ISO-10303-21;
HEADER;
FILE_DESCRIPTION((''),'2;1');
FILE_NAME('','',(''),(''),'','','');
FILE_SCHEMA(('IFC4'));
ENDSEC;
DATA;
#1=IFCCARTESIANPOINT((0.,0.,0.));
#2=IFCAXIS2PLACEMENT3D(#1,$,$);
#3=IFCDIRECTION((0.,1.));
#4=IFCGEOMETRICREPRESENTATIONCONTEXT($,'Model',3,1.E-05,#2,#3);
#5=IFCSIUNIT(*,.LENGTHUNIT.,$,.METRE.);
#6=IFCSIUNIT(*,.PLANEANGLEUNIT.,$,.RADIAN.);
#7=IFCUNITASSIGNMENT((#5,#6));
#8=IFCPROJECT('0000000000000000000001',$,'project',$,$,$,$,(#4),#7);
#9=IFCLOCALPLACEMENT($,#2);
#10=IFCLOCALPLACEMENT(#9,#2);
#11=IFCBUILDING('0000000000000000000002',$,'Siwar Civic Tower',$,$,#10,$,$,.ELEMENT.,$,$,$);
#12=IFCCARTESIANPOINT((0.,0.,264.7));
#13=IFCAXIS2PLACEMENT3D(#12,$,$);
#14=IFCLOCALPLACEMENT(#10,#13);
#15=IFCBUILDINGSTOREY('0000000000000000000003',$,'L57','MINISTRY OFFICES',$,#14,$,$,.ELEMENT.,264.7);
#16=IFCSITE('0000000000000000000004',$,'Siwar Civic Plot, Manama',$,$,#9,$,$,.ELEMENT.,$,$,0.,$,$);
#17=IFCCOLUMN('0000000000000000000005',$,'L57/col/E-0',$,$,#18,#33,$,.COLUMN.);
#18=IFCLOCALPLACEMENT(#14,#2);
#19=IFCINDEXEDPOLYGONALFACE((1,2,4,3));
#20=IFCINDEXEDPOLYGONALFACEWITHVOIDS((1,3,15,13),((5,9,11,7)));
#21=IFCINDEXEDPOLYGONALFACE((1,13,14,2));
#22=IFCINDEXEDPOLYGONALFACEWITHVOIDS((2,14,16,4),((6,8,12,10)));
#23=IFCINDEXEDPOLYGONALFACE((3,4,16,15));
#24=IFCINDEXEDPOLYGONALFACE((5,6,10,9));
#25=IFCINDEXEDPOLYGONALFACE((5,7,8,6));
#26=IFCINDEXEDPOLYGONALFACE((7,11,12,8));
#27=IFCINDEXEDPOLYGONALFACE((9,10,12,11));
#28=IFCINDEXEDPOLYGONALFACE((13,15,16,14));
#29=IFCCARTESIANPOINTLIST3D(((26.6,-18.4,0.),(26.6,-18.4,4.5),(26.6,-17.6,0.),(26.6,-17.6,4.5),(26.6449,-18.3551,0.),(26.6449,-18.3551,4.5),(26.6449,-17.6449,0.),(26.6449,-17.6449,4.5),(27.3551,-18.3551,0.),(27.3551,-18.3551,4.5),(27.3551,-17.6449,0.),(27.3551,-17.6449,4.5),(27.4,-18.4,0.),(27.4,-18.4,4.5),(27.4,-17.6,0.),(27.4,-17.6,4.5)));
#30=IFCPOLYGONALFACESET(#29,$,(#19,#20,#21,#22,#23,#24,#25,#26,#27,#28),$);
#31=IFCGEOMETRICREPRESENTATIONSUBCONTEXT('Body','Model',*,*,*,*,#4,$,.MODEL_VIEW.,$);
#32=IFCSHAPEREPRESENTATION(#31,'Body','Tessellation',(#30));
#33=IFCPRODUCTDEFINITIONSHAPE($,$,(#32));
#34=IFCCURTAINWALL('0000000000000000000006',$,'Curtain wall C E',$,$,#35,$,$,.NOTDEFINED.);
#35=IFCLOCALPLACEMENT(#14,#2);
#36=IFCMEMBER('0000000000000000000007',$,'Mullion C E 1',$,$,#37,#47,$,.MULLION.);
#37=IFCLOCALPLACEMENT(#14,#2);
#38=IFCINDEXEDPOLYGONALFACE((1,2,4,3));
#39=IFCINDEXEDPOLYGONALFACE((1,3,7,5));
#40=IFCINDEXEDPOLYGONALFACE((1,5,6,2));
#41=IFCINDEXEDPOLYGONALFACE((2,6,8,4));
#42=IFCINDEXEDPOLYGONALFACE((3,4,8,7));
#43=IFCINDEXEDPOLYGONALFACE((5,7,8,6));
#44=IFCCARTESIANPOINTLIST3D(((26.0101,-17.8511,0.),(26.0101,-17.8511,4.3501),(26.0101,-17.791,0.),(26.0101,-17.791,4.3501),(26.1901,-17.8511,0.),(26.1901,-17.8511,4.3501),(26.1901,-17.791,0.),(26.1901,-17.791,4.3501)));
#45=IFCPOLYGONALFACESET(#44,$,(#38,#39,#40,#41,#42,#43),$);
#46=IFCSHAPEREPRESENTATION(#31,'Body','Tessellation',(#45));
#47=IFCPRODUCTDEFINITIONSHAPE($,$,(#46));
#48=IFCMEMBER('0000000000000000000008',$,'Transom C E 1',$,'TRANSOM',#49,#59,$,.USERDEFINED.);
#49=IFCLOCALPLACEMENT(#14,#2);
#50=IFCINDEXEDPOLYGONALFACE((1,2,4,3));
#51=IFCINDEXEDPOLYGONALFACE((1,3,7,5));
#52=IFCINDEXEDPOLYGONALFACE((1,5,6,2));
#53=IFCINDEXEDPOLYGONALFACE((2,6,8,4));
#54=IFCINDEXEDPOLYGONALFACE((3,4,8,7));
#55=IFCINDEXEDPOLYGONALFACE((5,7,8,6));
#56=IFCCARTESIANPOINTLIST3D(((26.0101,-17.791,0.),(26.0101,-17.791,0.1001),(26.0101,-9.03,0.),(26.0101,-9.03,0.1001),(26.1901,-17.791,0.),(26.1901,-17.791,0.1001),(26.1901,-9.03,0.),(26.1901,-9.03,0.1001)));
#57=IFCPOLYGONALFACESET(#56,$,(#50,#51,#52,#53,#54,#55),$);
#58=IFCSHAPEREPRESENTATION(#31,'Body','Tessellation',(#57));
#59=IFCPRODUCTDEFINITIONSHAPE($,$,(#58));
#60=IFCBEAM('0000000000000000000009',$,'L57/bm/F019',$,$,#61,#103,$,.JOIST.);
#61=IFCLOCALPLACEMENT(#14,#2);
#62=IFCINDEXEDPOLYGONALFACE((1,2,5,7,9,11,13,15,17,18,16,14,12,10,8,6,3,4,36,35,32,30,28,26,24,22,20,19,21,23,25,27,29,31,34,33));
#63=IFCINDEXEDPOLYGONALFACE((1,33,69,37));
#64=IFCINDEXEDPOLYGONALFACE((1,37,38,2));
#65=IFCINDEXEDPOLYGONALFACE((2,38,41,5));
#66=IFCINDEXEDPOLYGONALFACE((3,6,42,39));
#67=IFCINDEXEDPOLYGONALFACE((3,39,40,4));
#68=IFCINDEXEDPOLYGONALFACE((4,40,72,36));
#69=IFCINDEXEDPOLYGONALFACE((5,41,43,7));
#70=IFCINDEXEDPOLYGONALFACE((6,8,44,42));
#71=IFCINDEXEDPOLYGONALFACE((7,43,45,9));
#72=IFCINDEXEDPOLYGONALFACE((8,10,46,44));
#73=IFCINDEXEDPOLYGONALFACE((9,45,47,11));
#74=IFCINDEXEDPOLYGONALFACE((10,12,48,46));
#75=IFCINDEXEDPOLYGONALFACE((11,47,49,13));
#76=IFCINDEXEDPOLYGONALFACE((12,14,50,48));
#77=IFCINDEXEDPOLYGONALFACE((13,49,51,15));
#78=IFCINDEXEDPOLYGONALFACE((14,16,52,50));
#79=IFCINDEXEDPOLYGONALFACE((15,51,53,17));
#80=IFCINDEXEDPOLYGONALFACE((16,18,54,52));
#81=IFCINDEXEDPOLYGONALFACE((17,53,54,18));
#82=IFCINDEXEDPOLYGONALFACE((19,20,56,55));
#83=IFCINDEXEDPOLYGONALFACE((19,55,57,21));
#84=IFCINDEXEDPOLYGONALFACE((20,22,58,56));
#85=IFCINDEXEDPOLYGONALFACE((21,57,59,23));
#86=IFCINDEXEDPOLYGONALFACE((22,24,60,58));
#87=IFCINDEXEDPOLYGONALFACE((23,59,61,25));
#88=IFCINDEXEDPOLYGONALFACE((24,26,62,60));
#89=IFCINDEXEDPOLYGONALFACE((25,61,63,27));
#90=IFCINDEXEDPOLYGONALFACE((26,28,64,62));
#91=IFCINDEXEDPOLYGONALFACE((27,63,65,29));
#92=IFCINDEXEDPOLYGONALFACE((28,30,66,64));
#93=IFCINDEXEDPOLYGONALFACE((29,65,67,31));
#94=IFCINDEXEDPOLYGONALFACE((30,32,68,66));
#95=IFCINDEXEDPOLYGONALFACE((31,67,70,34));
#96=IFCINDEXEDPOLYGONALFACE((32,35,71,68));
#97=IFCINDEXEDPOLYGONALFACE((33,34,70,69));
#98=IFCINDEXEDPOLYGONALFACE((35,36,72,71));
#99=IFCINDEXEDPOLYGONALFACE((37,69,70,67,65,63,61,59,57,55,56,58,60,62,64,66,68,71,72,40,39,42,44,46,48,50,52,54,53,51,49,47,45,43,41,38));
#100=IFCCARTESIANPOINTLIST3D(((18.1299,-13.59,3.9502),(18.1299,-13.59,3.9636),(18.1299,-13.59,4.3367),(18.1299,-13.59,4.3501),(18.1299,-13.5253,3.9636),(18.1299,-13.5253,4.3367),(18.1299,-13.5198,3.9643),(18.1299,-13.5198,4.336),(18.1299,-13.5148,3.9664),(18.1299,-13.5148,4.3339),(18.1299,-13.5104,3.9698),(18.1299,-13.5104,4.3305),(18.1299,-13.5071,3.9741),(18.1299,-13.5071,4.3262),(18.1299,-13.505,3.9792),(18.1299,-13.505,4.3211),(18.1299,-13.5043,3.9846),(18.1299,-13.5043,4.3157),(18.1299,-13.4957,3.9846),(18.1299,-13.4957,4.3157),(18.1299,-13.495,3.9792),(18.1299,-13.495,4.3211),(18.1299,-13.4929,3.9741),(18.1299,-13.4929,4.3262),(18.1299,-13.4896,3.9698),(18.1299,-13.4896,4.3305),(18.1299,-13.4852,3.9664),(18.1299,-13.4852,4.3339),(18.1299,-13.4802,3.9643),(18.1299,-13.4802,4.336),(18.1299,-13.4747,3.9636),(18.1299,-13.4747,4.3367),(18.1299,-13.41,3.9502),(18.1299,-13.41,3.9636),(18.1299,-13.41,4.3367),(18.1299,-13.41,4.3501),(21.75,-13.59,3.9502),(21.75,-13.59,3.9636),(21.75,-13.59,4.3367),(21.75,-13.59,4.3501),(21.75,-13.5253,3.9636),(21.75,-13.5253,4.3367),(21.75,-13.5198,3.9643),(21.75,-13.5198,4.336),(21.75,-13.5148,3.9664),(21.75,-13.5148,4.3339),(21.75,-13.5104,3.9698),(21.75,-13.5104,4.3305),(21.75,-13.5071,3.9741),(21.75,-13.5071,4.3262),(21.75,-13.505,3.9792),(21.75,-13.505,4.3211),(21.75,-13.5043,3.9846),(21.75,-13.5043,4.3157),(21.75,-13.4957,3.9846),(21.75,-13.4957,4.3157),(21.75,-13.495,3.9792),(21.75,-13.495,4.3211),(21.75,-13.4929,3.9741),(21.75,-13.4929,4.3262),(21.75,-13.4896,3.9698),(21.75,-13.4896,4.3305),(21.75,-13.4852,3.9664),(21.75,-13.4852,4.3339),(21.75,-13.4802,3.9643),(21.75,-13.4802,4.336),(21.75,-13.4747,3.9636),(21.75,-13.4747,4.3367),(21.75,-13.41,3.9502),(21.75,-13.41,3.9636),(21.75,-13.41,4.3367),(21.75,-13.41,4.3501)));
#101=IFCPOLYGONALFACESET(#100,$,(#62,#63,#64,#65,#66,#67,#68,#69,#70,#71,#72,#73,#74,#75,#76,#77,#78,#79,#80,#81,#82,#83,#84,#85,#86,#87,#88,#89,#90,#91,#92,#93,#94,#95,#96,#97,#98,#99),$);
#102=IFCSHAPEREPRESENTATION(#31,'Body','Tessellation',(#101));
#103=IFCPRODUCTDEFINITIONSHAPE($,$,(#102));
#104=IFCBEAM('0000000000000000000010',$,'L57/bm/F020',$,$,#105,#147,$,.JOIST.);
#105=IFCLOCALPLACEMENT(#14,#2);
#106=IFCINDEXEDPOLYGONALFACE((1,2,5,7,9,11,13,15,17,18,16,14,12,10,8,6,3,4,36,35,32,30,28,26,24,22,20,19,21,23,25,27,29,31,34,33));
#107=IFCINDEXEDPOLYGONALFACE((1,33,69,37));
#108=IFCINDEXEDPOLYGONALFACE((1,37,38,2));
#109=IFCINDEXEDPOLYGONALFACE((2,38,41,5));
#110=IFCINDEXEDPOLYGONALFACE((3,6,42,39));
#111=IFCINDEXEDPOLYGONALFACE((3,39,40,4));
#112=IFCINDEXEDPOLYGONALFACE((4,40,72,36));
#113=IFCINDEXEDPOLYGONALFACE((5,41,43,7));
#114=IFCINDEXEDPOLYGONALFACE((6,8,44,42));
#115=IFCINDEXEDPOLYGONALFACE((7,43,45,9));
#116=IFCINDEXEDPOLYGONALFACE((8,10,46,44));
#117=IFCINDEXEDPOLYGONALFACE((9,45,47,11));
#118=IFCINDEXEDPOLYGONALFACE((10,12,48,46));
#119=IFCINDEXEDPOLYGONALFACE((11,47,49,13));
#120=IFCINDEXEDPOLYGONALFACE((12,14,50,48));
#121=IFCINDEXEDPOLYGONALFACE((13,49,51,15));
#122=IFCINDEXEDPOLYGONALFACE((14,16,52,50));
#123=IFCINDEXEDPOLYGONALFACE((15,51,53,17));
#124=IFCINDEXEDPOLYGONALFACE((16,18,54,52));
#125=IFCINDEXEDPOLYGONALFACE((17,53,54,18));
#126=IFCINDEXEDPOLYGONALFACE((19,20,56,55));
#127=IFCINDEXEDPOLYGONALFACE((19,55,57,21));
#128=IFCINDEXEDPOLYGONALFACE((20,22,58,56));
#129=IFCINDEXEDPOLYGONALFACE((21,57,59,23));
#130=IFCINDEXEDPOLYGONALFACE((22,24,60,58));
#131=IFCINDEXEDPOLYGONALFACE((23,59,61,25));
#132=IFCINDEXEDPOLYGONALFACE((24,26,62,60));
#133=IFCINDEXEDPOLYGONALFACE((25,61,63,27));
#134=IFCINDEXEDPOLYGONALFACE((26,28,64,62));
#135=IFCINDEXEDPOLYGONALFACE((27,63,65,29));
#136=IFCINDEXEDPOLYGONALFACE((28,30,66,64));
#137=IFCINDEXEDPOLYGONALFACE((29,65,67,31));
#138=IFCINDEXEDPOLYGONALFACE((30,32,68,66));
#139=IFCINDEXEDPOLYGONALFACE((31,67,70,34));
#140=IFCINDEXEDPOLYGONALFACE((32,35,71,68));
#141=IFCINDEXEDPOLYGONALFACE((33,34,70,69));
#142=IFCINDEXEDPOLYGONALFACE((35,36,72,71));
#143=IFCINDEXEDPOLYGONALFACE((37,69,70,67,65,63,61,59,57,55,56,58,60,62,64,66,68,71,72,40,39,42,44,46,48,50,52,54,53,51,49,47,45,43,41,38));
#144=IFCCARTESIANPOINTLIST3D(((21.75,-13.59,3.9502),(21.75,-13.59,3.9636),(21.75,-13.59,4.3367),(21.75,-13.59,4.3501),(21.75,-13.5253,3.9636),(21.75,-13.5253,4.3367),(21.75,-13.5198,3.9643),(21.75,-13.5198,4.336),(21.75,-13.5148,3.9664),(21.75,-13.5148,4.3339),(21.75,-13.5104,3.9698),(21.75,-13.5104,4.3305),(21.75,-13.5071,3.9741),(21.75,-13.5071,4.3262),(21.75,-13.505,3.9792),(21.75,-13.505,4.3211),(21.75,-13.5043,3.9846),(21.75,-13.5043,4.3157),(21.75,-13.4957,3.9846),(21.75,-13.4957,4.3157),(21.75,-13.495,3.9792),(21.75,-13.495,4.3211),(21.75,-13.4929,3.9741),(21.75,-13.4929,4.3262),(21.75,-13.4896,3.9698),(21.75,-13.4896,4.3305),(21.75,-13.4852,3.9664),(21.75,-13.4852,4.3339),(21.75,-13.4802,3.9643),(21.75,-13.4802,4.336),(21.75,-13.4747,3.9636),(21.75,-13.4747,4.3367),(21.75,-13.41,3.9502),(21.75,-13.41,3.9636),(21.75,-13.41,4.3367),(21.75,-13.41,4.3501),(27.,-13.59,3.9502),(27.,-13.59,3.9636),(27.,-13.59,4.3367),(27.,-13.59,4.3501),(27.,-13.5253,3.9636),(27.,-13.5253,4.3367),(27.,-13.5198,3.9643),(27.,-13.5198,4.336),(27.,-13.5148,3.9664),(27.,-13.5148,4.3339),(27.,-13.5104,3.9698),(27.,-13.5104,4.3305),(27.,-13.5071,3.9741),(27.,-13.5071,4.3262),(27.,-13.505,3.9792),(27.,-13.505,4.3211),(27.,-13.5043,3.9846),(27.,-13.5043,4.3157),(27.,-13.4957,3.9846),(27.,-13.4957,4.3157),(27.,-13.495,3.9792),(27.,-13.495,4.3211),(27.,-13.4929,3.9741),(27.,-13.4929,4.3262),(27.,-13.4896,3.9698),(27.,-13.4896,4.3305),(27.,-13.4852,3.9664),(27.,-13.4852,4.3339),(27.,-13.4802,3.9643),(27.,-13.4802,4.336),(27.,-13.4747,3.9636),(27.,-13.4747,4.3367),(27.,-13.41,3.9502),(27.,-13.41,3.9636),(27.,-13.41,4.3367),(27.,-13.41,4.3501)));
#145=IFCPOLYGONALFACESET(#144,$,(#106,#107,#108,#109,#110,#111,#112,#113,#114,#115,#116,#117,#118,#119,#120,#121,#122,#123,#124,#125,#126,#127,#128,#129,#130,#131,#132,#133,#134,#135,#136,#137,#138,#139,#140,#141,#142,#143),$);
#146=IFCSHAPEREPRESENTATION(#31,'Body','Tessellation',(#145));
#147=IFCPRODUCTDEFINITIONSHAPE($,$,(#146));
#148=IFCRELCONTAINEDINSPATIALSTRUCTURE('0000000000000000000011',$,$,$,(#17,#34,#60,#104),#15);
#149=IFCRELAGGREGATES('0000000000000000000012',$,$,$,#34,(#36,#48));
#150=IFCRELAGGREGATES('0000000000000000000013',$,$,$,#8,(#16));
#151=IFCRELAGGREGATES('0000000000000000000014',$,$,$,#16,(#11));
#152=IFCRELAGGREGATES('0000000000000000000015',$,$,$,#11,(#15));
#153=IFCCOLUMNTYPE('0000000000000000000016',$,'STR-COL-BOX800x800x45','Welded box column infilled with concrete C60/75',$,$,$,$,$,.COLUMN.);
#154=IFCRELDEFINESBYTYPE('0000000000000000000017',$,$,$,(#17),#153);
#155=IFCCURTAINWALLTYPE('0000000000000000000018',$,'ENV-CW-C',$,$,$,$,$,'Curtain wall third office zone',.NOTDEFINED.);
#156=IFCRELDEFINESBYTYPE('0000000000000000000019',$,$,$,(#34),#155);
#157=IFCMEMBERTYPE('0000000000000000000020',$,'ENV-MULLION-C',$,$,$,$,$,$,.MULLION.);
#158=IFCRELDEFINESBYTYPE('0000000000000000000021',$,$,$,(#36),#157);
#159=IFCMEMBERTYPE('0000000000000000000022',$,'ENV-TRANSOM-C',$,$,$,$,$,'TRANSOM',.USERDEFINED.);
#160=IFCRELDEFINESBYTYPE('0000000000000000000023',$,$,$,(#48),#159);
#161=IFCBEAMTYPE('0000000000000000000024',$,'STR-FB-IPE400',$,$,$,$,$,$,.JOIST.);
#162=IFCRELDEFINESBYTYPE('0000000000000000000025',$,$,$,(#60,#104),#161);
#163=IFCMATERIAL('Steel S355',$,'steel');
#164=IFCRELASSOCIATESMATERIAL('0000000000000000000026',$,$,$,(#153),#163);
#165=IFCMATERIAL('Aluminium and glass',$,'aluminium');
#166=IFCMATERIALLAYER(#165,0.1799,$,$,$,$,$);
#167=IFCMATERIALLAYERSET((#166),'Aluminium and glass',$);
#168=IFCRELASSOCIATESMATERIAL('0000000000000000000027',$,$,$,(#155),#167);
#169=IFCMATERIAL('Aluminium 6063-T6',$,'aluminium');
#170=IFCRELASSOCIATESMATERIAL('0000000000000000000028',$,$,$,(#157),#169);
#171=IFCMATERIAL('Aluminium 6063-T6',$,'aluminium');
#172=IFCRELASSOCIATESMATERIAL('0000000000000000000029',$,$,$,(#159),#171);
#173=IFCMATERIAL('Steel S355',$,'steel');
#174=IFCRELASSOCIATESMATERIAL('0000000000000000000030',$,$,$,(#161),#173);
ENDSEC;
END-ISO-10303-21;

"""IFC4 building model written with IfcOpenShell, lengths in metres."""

from ifc_helpers import new_model, si_unit, direction, frame, origin, origin_2d, place, context, subcontext, project, spatial, rectangle, hollow_rectangle, i_section, extrude, material, layer, layer_set, material_profile, profile_set, type_object, element, aggregate, save


model = new_model("IFC4")

# Units and contexts
model_context = context("Model", 3, precision=1e-05, world=origin(), true_north=direction((0.0, 1.0)))
body_context = subcontext(model_context, "Body", "Model", "MODEL_VIEW")
ifc_project = project(units=[si_unit("LENGTHUNIT", "METRE"), si_unit("PLANEANGLEUNIT", "RADIAN")], contexts=[model_context])

# Site, building, storey
site_placement = place(None, origin())
site = spatial("IfcSite", under=ifc_project, at=site_placement, Name="Siwar Civic Plot, Manama", CompositionType="ELEMENT", RefElevation=0.0)
building_placement = place(site_placement, origin())
building = spatial("IfcBuilding", under=site, at=building_placement, Name="Siwar Civic Tower", CompositionType="ELEMENT")
storey_placement = place(building_placement, frame((0.0, 0.0, 264.7)))
storey = spatial("IfcBuildingStorey", under=building, at=storey_placement, Name="L57", Description="MINISTRY OFFICES", CompositionType="ELEMENT", Elevation=264.7)

# Column
ifc_material_1 = material(Name="Steel S355", Category="steel")
ifc_material_profile_1 = material_profile(ifc_material_1, hollow_rectangle(XDim=0.8, YDim=0.8, WallThickness=0.0449, at=origin_2d()), Name="BOX800x800x45")
ifc_profile_set_1 = profile_set([ifc_material_profile_1], Name="Steel S355")
column_type = type_object("IfcColumnType", Name="STR-COL-BOX800x800x45", Description="Welded box column infilled with concrete C60/75", PredefinedType="COLUMN", material=ifc_profile_set_1)
column_placement = place(storey_placement, frame((27.0, -18.0, 0.0), z_axis=(0.0, 0.0, 1.0), x_axis=(1.0, 0.0, 0.0)))
element("IfcColumn", 1, at=column_placement, inside=storey, type_object=column_type, Name="L57/col/E-0", PredefinedType="COLUMN", context=body_context, shape_type="SweptSolid", body=[
    extrude(hollow_rectangle(XDim=0.8, YDim=0.8, WallThickness=0.0449, at=origin_2d()), origin(), (0.0, 0.0, 1.0), 4.5),
])

# Curtain wall, members
ifc_material_2 = material(Name="Aluminium and glass", Category="aluminium")
ifc_layer_1 = layer(ifc_material_2, 0.1799)
ifc_layer_set_1 = layer_set([ifc_layer_1], Name="Aluminium and glass")
curtain_wall_type = type_object("IfcCurtainWallType", Name="ENV-CW-C", ElementType="Curtain wall third office zone", PredefinedType="NOTDEFINED", material=ifc_layer_set_1)
curtain_wall_placement = place(storey_placement, origin())
curtain_wall = element("IfcCurtainWall", 2, at=curtain_wall_placement, inside=storey, type_object=curtain_wall_type, Name="Curtain wall C E", PredefinedType="NOTDEFINED")
ifc_material_3 = material(Name="Aluminium 6063-T6", Category="aluminium")
ifc_material_profile_2 = material_profile(ifc_material_3, rectangle(XDim=0.1799, YDim=0.0601, at=origin_2d()), Name="AL 180x60")
ifc_profile_set_2 = profile_set([ifc_material_profile_2], Name="Aluminium 6063-T6")
member_type_1 = type_object("IfcMemberType", Name="ENV-MULLION-C", PredefinedType="MULLION", material=ifc_profile_set_2)
member_1_placement = place(storey_placement, frame((26.1001, -17.821, 0.0), z_axis=(0.0, 0.0, 1.0), x_axis=(-1.0, 0.0, 0.0)))
member_1 = element("IfcMember", 3, at=member_1_placement, type_object=member_type_1, Name="Mullion C E 1", PredefinedType="MULLION", context=body_context, shape_type="SweptSolid", body=[
    extrude(rectangle(XDim=0.1799, YDim=0.0601, at=origin_2d()), origin(), (0.0, 0.0, 1.0), 4.3501),
])
ifc_material_4 = material(Name="Aluminium 6063-T6", Category="aluminium")
ifc_material_profile_3 = material_profile(ifc_material_4, rectangle(XDim=0.1799, YDim=0.1001, at=origin_2d()), Name="AL 180x100")
ifc_profile_set_3 = profile_set([ifc_material_profile_3], Name="Aluminium 6063-T6")
member_type_2 = type_object("IfcMemberType", Name="ENV-TRANSOM-C", ElementType="TRANSOM", PredefinedType="USERDEFINED", material=ifc_profile_set_3)
member_2_placement = place(storey_placement, frame((26.1001, -17.791, 0.05), z_axis=(0.0, 1.0, 0.0), x_axis=(-1.0, 0.0, 0.0)))
member_2 = element("IfcMember", 4, at=member_2_placement, type_object=member_type_2, Name="Transom C E 1", ObjectType="TRANSOM", PredefinedType="USERDEFINED", context=body_context, shape_type="SweptSolid", body=[
    extrude(rectangle(XDim=0.1799, YDim=0.1001, at=origin_2d()), origin(), (0.0, 0.0, 1.0), 8.761),
])

# Beams
ifc_material_5 = material(Name="Steel S355", Category="steel")
ifc_material_profile_4 = material_profile(ifc_material_5, i_section(OverallWidth=0.1799, OverallDepth=0.3999, WebThickness=0.0085, FlangeThickness=0.0134, FilletRadius=0.021, at=origin_2d()), Name="IPE400")
ifc_profile_set_4 = profile_set([ifc_material_profile_4], Name="Steel S355")
beam_type_1 = type_object("IfcBeamType", Name="STR-FB-IPE400", PredefinedType="JOIST", material=ifc_profile_set_4)
beam_1_placement = place(storey_placement, frame((18.1299, -13.5, 4.1501), z_axis=(1.0, 0.0, 0.0), x_axis=(0.0, 1.0, 0.0)))
element("IfcBeam", 5, at=beam_1_placement, inside=storey, type_object=beam_type_1, Name="L57/bm/F019", PredefinedType="JOIST", context=body_context, shape_type="SweptSolid", body=[
    extrude(i_section(OverallWidth=0.1799, OverallDepth=0.3999, WebThickness=0.0085, FlangeThickness=0.0134, FilletRadius=0.021, at=origin_2d()), origin(), (0.0, 0.0, 1.0), 3.6201),
])
beam_2_placement = place(storey_placement, frame((21.75, -13.5, 4.1501), z_axis=(1.0, 0.0, 0.0), x_axis=(0.0, 1.0, 0.0)))
element("IfcBeam", 6, at=beam_2_placement, inside=storey, type_object=beam_type_1, Name="L57/bm/F020", PredefinedType="JOIST", context=body_context, shape_type="SweptSolid", body=[
    extrude(i_section(OverallWidth=0.1799, OverallDepth=0.3999, WebThickness=0.0085, FlangeThickness=0.0134, FilletRadius=0.021, at=origin_2d()), origin(), (0.0, 0.0, 1.0), 5.25),
])

aggregate(curtain_wall, [member_1, member_2])

save(model, "model.ifc")
